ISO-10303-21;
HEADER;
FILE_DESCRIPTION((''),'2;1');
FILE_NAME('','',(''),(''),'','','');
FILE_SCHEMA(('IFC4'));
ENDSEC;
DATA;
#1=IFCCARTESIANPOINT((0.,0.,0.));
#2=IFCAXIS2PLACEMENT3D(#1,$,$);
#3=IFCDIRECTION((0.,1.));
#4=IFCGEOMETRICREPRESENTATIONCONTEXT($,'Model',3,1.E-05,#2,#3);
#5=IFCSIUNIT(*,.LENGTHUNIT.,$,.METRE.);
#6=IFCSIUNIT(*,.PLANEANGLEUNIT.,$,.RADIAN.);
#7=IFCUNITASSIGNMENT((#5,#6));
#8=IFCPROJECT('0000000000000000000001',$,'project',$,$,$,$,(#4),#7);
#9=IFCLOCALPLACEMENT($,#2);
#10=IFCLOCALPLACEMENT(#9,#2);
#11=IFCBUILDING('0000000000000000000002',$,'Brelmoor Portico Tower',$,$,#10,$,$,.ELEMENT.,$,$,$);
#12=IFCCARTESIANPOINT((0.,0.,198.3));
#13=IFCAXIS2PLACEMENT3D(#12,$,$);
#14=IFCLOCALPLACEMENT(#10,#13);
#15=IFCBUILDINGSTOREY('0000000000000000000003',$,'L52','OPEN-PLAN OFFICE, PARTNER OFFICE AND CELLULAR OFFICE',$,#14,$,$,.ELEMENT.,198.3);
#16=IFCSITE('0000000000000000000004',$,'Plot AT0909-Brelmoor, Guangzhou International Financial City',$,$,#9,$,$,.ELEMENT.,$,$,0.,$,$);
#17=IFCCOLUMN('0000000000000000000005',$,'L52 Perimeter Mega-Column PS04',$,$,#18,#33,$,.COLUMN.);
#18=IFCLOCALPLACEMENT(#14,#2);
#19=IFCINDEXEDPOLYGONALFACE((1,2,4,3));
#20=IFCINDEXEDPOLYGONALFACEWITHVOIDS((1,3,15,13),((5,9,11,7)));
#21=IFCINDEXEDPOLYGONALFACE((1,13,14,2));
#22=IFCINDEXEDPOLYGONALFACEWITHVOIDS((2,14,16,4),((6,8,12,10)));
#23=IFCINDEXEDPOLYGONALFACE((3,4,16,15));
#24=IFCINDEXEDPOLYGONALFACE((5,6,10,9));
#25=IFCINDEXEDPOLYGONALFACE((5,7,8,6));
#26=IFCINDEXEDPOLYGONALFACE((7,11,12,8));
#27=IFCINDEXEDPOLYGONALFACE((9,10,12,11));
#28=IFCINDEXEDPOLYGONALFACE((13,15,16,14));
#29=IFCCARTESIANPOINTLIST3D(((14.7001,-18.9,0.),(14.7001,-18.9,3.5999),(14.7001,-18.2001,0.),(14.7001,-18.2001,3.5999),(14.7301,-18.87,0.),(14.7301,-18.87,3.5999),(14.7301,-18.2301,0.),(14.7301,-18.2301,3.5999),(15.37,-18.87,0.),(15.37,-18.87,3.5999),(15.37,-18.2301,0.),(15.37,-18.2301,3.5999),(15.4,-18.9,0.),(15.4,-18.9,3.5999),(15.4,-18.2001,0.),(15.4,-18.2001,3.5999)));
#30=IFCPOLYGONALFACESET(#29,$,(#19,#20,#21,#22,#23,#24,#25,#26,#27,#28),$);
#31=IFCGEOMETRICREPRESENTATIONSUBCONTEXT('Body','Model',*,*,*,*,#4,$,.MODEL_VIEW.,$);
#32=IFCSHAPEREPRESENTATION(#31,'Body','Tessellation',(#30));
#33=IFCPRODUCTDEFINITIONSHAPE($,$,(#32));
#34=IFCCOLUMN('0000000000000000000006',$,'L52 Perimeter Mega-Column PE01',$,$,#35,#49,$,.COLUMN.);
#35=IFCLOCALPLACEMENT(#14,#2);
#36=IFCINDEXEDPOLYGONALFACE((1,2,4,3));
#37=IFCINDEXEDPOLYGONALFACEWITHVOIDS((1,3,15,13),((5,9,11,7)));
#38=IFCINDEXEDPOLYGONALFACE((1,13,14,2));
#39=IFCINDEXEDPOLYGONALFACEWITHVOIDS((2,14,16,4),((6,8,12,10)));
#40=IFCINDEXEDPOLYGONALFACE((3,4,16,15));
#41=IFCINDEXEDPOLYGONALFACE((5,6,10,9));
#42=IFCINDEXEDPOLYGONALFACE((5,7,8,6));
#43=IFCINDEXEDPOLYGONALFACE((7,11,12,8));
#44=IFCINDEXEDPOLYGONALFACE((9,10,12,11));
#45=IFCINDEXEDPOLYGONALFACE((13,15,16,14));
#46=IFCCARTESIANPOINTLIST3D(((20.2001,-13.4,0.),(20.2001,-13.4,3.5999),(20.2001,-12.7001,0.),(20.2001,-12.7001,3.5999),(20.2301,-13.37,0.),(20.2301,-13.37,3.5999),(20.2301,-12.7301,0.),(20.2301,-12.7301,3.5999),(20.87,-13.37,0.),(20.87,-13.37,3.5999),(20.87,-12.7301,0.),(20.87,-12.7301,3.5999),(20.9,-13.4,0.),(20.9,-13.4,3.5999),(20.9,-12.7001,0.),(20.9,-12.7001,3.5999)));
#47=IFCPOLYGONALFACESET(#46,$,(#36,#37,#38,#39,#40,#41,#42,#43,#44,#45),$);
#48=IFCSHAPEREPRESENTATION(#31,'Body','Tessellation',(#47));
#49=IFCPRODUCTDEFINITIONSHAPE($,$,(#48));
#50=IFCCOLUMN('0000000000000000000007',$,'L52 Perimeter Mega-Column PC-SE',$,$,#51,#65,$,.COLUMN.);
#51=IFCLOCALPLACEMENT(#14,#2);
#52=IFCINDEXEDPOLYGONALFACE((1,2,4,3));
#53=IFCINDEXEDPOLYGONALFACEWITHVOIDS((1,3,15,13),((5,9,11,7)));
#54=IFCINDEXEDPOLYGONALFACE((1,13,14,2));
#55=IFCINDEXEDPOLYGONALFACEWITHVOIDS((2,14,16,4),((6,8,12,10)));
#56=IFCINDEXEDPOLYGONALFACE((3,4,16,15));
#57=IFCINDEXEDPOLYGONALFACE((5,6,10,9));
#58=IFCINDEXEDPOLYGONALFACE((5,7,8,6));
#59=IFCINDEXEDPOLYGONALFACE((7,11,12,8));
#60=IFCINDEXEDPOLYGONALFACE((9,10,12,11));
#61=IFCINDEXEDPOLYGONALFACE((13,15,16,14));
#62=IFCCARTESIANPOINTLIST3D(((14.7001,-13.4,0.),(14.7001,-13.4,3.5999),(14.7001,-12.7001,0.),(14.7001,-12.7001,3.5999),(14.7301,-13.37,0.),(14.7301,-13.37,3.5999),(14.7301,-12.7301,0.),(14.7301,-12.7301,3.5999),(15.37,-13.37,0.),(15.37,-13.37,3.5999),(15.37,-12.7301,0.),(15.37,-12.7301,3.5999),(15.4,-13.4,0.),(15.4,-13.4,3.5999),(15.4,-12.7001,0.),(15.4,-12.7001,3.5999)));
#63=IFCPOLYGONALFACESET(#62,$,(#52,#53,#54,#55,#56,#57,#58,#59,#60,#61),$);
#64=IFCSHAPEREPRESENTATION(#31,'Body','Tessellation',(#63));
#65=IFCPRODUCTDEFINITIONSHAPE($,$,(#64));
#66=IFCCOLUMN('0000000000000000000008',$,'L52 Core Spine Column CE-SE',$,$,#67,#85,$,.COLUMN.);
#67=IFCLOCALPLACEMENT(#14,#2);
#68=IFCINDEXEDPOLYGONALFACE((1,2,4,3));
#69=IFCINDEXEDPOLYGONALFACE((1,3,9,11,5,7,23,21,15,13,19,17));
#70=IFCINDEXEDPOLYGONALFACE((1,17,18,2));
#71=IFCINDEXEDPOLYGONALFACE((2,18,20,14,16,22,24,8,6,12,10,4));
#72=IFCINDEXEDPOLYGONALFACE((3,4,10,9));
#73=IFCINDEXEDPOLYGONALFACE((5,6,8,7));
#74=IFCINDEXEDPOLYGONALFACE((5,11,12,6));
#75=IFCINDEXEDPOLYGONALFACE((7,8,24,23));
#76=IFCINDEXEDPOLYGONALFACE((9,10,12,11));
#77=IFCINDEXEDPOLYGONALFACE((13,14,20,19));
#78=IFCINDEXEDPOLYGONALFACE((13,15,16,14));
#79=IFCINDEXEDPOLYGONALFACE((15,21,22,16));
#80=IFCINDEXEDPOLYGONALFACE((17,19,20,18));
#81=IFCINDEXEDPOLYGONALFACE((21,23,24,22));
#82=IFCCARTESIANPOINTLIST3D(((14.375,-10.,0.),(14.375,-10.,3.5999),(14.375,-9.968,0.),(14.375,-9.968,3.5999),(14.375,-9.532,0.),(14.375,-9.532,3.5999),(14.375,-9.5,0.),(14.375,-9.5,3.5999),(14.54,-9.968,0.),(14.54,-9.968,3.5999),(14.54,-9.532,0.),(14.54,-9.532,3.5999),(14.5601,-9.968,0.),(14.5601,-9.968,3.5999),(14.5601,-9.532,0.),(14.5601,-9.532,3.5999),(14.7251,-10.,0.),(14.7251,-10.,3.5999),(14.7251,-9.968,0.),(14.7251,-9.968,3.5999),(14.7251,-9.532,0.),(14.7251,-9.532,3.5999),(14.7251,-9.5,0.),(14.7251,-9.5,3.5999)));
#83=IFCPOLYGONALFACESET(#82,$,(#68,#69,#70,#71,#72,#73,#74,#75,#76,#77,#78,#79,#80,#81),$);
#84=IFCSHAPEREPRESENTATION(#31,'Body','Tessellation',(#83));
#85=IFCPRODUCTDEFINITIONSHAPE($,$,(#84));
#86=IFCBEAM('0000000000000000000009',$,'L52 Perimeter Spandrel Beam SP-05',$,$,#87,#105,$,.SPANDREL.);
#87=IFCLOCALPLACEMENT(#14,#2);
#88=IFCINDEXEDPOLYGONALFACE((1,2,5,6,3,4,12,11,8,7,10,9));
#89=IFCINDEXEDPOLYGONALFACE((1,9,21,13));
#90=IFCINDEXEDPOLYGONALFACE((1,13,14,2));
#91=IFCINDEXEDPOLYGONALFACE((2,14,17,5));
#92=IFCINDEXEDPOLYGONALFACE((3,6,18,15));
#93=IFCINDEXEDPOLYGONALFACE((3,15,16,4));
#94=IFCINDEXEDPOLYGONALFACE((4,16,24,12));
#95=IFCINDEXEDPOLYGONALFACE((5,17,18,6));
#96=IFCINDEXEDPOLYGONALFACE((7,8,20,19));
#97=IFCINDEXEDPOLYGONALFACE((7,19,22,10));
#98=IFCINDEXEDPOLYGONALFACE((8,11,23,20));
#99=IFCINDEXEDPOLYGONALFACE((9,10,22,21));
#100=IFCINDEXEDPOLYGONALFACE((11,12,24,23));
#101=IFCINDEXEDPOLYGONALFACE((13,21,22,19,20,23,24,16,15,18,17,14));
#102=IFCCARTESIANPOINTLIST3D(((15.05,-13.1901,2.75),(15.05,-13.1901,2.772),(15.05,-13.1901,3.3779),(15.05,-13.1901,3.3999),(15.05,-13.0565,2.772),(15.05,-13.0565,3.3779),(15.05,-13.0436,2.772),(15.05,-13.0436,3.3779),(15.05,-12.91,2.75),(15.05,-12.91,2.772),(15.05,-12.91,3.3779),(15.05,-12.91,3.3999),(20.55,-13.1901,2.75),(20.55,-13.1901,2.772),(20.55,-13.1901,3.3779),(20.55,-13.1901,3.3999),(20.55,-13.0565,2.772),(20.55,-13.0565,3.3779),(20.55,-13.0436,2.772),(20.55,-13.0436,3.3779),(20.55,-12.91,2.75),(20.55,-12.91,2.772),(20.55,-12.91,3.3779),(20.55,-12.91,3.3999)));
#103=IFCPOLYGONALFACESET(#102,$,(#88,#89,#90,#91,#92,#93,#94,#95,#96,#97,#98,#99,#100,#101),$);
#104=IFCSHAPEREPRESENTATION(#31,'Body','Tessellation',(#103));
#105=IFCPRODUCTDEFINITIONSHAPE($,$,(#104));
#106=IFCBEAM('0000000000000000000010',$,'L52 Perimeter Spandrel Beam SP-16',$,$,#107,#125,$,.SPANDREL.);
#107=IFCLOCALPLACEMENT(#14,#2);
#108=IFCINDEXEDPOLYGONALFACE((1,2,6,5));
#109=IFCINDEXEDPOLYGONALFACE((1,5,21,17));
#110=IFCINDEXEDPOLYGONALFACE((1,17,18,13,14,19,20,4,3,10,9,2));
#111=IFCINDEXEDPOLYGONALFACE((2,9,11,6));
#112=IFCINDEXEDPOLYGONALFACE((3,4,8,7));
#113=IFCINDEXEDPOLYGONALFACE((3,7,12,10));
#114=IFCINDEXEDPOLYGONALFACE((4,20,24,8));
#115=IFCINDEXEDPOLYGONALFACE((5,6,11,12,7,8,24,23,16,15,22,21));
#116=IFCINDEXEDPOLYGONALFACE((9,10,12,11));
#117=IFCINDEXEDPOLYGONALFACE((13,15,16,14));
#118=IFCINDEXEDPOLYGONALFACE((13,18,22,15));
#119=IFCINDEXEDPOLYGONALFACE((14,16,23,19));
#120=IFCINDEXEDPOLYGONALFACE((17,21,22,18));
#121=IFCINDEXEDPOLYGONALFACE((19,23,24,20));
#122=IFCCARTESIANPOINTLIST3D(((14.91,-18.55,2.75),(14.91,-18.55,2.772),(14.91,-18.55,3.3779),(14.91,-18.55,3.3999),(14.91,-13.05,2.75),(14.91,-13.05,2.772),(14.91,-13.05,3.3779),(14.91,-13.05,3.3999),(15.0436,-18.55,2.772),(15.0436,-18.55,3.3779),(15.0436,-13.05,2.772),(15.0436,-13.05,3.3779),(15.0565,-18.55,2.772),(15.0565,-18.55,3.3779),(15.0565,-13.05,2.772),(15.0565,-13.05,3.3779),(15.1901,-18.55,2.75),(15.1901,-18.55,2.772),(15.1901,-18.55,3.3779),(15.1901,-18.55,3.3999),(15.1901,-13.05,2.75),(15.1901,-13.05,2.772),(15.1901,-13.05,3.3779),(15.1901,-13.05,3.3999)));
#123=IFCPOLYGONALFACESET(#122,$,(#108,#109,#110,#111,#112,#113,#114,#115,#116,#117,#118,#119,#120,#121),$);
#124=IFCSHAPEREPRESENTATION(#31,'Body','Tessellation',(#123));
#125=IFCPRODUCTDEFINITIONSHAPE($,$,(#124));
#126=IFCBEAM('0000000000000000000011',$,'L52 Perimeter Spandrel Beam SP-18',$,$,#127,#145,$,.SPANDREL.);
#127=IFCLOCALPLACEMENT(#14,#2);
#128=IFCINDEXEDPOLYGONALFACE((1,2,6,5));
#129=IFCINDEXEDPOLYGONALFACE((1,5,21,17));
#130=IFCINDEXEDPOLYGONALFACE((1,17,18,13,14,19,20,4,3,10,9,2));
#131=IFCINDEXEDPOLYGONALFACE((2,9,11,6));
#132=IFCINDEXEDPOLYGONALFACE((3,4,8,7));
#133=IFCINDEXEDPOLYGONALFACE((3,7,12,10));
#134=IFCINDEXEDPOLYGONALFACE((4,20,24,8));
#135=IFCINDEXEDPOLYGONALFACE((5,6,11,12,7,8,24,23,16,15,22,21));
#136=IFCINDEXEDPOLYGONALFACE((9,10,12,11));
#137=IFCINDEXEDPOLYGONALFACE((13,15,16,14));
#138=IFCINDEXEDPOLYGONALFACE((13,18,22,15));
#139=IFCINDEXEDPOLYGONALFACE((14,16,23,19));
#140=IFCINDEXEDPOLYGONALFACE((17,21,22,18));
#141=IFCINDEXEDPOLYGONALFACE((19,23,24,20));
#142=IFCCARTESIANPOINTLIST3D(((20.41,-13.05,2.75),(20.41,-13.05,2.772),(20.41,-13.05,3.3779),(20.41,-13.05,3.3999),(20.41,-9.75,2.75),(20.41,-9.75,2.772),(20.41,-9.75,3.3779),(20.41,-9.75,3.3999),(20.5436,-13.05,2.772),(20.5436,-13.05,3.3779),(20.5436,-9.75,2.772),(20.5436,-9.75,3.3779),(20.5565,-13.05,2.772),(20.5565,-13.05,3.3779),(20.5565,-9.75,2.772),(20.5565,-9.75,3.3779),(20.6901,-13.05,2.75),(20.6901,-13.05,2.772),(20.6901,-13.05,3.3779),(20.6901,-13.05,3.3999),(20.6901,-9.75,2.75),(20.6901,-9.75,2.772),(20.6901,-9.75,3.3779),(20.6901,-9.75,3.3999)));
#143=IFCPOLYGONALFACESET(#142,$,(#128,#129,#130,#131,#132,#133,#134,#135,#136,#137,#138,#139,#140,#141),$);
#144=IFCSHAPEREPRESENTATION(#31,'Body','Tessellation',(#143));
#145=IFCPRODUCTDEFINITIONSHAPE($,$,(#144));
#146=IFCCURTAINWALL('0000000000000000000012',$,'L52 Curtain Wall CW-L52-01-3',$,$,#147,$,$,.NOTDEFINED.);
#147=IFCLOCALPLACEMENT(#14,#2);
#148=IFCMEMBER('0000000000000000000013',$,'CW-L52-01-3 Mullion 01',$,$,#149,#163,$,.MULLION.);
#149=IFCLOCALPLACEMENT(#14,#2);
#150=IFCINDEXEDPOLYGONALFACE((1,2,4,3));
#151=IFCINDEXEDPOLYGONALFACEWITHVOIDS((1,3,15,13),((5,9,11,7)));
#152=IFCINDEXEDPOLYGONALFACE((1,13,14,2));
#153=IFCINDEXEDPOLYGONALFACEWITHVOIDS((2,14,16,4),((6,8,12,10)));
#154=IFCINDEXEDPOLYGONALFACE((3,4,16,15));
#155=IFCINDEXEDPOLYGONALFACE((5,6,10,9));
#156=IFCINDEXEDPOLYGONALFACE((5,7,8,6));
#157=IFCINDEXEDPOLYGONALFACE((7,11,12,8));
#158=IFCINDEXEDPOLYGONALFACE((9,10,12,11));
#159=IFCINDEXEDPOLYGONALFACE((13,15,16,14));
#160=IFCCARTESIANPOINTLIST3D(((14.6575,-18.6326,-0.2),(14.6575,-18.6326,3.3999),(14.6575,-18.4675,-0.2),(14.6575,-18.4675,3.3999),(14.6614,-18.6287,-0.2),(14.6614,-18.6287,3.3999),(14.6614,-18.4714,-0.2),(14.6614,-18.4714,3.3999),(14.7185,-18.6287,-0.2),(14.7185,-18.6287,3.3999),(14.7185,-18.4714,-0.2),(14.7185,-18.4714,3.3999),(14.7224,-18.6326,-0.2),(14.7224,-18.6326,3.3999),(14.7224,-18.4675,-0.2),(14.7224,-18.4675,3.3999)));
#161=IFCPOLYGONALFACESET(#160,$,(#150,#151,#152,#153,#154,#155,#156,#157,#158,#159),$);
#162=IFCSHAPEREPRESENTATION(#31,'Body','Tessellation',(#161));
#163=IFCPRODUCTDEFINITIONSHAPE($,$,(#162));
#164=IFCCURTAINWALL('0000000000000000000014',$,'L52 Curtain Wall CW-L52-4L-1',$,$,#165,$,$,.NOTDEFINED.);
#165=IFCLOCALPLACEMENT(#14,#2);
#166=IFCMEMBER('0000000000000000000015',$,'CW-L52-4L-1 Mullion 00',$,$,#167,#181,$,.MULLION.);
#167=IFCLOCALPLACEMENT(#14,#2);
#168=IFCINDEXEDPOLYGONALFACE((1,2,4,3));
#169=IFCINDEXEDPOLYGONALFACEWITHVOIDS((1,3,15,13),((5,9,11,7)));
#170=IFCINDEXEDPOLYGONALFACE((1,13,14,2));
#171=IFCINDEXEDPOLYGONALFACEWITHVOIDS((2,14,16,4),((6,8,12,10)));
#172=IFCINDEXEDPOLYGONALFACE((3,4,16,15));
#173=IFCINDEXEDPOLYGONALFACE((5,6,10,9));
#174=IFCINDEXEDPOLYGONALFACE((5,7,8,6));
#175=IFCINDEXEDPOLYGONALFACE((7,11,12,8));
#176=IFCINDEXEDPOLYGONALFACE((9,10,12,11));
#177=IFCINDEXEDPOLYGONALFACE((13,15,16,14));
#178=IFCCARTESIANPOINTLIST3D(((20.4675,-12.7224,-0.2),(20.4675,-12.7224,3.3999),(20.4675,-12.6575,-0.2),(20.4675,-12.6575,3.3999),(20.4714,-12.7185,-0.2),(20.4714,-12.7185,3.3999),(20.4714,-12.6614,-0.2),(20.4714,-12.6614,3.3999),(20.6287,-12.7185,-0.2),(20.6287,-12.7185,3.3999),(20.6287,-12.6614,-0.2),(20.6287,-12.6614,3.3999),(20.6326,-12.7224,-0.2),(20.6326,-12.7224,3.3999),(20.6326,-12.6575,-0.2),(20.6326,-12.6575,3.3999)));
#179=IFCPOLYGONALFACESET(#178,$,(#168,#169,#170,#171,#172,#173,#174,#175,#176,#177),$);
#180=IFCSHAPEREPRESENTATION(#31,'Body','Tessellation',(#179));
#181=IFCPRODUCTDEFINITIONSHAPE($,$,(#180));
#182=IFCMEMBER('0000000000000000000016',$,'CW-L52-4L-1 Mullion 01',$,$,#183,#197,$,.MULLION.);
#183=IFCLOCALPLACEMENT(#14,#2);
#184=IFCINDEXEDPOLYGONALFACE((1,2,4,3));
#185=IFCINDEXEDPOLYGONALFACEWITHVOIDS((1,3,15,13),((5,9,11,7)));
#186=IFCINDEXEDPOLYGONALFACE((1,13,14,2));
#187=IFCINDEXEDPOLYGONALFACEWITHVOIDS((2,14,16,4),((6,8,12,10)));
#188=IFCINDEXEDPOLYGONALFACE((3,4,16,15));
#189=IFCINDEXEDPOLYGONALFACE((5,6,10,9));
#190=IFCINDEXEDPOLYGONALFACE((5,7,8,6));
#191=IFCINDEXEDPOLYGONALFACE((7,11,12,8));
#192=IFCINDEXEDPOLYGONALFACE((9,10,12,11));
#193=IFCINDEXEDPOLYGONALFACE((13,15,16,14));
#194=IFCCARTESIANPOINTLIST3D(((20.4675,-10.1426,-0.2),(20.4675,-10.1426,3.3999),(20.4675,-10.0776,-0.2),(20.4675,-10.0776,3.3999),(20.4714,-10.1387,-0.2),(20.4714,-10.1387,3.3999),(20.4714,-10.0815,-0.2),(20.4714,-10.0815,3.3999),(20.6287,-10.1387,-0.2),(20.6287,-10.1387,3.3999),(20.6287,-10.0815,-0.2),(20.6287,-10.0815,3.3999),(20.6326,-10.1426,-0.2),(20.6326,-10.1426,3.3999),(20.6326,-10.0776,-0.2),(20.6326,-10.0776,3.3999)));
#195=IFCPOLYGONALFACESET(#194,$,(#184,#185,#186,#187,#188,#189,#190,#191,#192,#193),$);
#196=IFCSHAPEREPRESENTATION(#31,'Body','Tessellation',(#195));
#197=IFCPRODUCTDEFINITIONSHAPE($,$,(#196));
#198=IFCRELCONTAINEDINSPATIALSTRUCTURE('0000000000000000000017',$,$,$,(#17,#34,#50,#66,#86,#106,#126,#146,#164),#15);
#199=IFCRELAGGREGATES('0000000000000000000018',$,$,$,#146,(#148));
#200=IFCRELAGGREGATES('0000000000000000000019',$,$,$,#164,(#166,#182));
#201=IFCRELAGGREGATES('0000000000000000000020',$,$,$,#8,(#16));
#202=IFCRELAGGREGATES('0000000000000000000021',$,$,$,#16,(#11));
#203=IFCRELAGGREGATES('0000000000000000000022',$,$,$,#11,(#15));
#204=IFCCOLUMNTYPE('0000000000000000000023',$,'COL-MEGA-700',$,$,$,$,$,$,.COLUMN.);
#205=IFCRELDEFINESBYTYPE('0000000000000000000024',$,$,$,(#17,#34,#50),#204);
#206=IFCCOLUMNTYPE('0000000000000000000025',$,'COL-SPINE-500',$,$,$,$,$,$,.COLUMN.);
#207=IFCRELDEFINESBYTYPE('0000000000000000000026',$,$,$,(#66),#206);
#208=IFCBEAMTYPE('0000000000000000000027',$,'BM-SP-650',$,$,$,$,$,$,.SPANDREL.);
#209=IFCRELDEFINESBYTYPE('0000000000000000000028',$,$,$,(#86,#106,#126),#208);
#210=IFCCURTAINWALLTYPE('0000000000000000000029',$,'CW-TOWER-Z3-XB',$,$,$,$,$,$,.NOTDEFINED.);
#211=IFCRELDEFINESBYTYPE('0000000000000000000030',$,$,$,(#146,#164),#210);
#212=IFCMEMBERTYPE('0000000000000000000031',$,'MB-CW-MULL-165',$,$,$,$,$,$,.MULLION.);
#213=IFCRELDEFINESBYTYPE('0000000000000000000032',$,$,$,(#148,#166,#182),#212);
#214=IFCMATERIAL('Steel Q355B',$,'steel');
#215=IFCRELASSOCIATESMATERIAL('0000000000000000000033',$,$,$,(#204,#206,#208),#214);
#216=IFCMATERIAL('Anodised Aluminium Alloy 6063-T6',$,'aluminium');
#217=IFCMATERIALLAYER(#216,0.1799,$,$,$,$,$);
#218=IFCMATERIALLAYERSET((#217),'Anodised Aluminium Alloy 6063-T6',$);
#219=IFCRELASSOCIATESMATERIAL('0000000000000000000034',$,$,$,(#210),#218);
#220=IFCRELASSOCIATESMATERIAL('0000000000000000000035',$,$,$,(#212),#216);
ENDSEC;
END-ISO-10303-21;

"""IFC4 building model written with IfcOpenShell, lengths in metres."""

from ifc_helpers import new_model, si_unit, direction, frame, origin, origin_2d, place, context, subcontext, project, spatial, hollow_rectangle, i_section, extrude, material, layer, layer_set, material_profile, profile_set, type_object, element, aggregate, save


model = new_model("IFC4")

# Units and contexts
model_context = context("Model", 3, precision=1e-05, world=origin(), true_north=direction((0.0, 1.0)))
body_context = subcontext(model_context, "Body", "Model", "MODEL_VIEW")
ifc_project = project(units=[si_unit("LENGTHUNIT", "METRE"), si_unit("PLANEANGLEUNIT", "RADIAN")], contexts=[model_context])

# Site, building, storey
site_placement = place(None, origin())
site = spatial("IfcSite", under=ifc_project, at=site_placement, Name="Plot AT0909-Brelmoor, Guangzhou International Financial City", CompositionType="ELEMENT", RefElevation=0.0)
building_placement = place(site_placement, origin())
building = spatial("IfcBuilding", under=site, at=building_placement, Name="Brelmoor Portico Tower", CompositionType="ELEMENT")
storey_placement = place(building_placement, frame((0.0, 0.0, 198.3)))
storey = spatial("IfcBuildingStorey", under=building, at=storey_placement, Name="L52", Description="OPEN-PLAN OFFICE, PARTNER OFFICE AND CELLULAR OFFICE", CompositionType="ELEMENT", Elevation=198.3)

# Columns
ifc_material_1 = material(Name="Steel Q355B", Category="steel")
ifc_material_profile_1 = material_profile(ifc_material_1, hollow_rectangle(XDim=0.7, YDim=0.7, WallThickness=0.03, at=origin_2d()), Name="BOX 700x700x30")
ifc_profile_set_1 = profile_set([ifc_material_profile_1], Name="Steel Q355B")
column_type_1 = type_object("IfcColumnType", Name="COL-MEGA-700", PredefinedType="COLUMN", material=ifc_profile_set_1)
for number, where, z_axis, x_axis, name in (
    (1, (15.05, -18.55, 0.0), (0.0, 0.0, 1.0), (1.0, 0.0, 0.0), "L52 Perimeter Mega-Column PS04"),
    (2, (20.55, -13.05, 0.0), (0.0, 0.0, 1.0), (0.0, 1.0, 0.0), "L52 Perimeter Mega-Column PE01"),
    (3, (15.05, -13.05, 0.0), (0.0, 0.0, 1.0), (1.0, 0.0, 0.0), "L52 Perimeter Mega-Column PC-SE"),
):
    element("IfcColumn", number, at=place(storey_placement, frame(where, z_axis=z_axis, x_axis=x_axis)), inside=storey, type_object=column_type_1, Name=name, PredefinedType="COLUMN", context=body_context, shape_type="SweptSolid", body=[
        extrude(hollow_rectangle(XDim=0.7, YDim=0.7, WallThickness=0.03, at=origin_2d()), origin(), (0.0, 0.0, 1.0), 3.5999),
    ])
ifc_material_profile_2 = material_profile(ifc_material_1, i_section(OverallWidth=0.3501, OverallDepth=0.5, WebThickness=0.02, FlangeThickness=0.032, at=origin_2d()), Name="HW 500x350x20x32")
ifc_profile_set_2 = profile_set([ifc_material_profile_2], Name="Steel Q355B")
column_type_2 = type_object("IfcColumnType", Name="COL-SPINE-500", PredefinedType="COLUMN", material=ifc_profile_set_2)
column_placement = place(storey_placement, frame((14.55, -9.75, 0.0), z_axis=(0.0, 0.0, 1.0), x_axis=(1.0, 0.0, 0.0)))
element("IfcColumn", 4, at=column_placement, inside=storey, type_object=column_type_2, Name="L52 Core Spine Column CE-SE", PredefinedType="COLUMN", context=body_context, shape_type="SweptSolid", body=[
    extrude(i_section(OverallWidth=0.3501, OverallDepth=0.5, WebThickness=0.02, FlangeThickness=0.032, at=origin_2d()), origin(), (0.0, 0.0, 1.0), 3.5999),
])

# Beams
ifc_material_profile_3 = material_profile(ifc_material_1, i_section(OverallWidth=0.28, OverallDepth=0.6499, WebThickness=0.0129, FlangeThickness=0.022, at=origin_2d()), Name="HN 650x280x13x22")
ifc_profile_set_3 = profile_set([ifc_material_profile_3], Name="Steel Q355B")
beam_type = type_object("IfcBeamType", Name="BM-SP-650", PredefinedType="SPANDREL", material=ifc_profile_set_3)
for number, where, z_axis, x_axis, name in (
    (5, (15.05, -13.05, 3.075), (1.0, 0.0, 0.0), (0.0, 1.0, 0.0), "L52 Perimeter Spandrel Beam SP-05"),
    (6, (15.05, -18.55, 3.075), (0.0, 1.0, 0.0), (-1.0, 0.0, 0.0), "L52 Perimeter Spandrel Beam SP-16"),
):
    element("IfcBeam", number, at=place(storey_placement, frame(where, z_axis=z_axis, x_axis=x_axis)), inside=storey, type_object=beam_type, Name=name, PredefinedType="SPANDREL", context=body_context, shape_type="SweptSolid", body=[
        extrude(i_section(OverallWidth=0.28, OverallDepth=0.6499, WebThickness=0.0129, FlangeThickness=0.022, at=origin_2d()), origin(), (0.0, 0.0, 1.0), 5.5),
    ])
beam_placement = place(storey_placement, frame((20.55, -13.05, 3.075), z_axis=(0.0, 1.0, 0.0), x_axis=(-1.0, 0.0, 0.0)))
element("IfcBeam", 7, at=beam_placement, inside=storey, type_object=beam_type, Name="L52 Perimeter Spandrel Beam SP-18", PredefinedType="SPANDREL", context=body_context, shape_type="SweptSolid", body=[
    extrude(i_section(OverallWidth=0.28, OverallDepth=0.6499, WebThickness=0.0129, FlangeThickness=0.022, at=origin_2d()), origin(), (0.0, 0.0, 1.0), 3.3),
])

# Curtain wall, member
ifc_material_2 = material(Name="Anodised Aluminium Alloy 6063-T6", Category="aluminium")
ifc_layer_1 = layer(ifc_material_2, 0.1799)
ifc_layer_set_1 = layer_set([ifc_layer_1], Name="Anodised Aluminium Alloy 6063-T6")
curtain_wall_type = type_object("IfcCurtainWallType", Name="CW-TOWER-Z3-XB", PredefinedType="NOTDEFINED", material=ifc_layer_set_1)
curtain_wall_1_placement = place(storey_placement, origin())
curtain_wall_1 = element("IfcCurtainWall", 8, at=curtain_wall_1_placement, inside=storey, type_object=curtain_wall_type, Name="L52 Curtain Wall CW-L52-01-3", PredefinedType="NOTDEFINED")
ifc_material_profile_4 = material_profile(ifc_material_2, hollow_rectangle(XDim=0.0649, YDim=0.165, WallThickness=0.0039, at=origin_2d()), Name="ALU MULLION 65x165")
ifc_profile_set_4 = profile_set([ifc_material_profile_4], Name="Anodised Aluminium Alloy 6063-T6")
member_type_1 = type_object("IfcMemberType", Name="MB-CW-MULL-165", PredefinedType="MULLION", material=ifc_profile_set_4)
member_1_placement = place(storey_placement, frame((14.6899, -18.55, -0.2), z_axis=(0.0, 0.0, 1.0), x_axis=(1.0, 0.0, 0.0)))
member_1 = element("IfcMember", 9, at=member_1_placement, type_object=member_type_1, Name="CW-L52-01-3 Mullion 01", PredefinedType="MULLION", context=body_context, shape_type="SweptSolid", body=[
    extrude(hollow_rectangle(XDim=0.0649, YDim=0.165, WallThickness=0.0039, at=origin_2d()), origin(), (0.0, 0.0, 1.0), 3.5999),
])
aggregate(curtain_wall_1, [member_1])

# Curtain wall, members
curtain_wall_2_placement = place(storey_placement, origin())
curtain_wall_2 = element("IfcCurtainWall", 10, at=curtain_wall_2_placement, inside=storey, type_object=curtain_wall_type, Name="L52 Curtain Wall CW-L52-4L-1", PredefinedType="NOTDEFINED")
member_2_placement = place(storey_placement, frame((20.55, -12.6899, -0.2), z_axis=(0.0, 0.0, 1.0), x_axis=(0.0, 1.0, 0.0)))
member_2 = element("IfcMember", 11, at=member_2_placement, type_object=member_type_1, Name="CW-L52-4L-1 Mullion 00", PredefinedType="MULLION", context=body_context, shape_type="SweptSolid", body=[
    extrude(hollow_rectangle(XDim=0.0649, YDim=0.165, WallThickness=0.0039, at=origin_2d()), origin(), (0.0, 0.0, 1.0), 3.5999),
])
member_3_placement = place(storey_placement, frame((20.55, -10.1101, -0.2), z_axis=(0.0, 0.0, 1.0), x_axis=(0.0, 1.0, 0.0)))
member_3 = element("IfcMember", 12, at=member_3_placement, type_object=member_type_1, Name="CW-L52-4L-1 Mullion 01", PredefinedType="MULLION", context=body_context, shape_type="SweptSolid", body=[
    extrude(hollow_rectangle(XDim=0.0649, YDim=0.165, WallThickness=0.0039, at=origin_2d()), origin(), (0.0, 0.0, 1.0), 3.5999),
])
aggregate(curtain_wall_2, [member_2, member_3])

save(model, "model.ifc")
